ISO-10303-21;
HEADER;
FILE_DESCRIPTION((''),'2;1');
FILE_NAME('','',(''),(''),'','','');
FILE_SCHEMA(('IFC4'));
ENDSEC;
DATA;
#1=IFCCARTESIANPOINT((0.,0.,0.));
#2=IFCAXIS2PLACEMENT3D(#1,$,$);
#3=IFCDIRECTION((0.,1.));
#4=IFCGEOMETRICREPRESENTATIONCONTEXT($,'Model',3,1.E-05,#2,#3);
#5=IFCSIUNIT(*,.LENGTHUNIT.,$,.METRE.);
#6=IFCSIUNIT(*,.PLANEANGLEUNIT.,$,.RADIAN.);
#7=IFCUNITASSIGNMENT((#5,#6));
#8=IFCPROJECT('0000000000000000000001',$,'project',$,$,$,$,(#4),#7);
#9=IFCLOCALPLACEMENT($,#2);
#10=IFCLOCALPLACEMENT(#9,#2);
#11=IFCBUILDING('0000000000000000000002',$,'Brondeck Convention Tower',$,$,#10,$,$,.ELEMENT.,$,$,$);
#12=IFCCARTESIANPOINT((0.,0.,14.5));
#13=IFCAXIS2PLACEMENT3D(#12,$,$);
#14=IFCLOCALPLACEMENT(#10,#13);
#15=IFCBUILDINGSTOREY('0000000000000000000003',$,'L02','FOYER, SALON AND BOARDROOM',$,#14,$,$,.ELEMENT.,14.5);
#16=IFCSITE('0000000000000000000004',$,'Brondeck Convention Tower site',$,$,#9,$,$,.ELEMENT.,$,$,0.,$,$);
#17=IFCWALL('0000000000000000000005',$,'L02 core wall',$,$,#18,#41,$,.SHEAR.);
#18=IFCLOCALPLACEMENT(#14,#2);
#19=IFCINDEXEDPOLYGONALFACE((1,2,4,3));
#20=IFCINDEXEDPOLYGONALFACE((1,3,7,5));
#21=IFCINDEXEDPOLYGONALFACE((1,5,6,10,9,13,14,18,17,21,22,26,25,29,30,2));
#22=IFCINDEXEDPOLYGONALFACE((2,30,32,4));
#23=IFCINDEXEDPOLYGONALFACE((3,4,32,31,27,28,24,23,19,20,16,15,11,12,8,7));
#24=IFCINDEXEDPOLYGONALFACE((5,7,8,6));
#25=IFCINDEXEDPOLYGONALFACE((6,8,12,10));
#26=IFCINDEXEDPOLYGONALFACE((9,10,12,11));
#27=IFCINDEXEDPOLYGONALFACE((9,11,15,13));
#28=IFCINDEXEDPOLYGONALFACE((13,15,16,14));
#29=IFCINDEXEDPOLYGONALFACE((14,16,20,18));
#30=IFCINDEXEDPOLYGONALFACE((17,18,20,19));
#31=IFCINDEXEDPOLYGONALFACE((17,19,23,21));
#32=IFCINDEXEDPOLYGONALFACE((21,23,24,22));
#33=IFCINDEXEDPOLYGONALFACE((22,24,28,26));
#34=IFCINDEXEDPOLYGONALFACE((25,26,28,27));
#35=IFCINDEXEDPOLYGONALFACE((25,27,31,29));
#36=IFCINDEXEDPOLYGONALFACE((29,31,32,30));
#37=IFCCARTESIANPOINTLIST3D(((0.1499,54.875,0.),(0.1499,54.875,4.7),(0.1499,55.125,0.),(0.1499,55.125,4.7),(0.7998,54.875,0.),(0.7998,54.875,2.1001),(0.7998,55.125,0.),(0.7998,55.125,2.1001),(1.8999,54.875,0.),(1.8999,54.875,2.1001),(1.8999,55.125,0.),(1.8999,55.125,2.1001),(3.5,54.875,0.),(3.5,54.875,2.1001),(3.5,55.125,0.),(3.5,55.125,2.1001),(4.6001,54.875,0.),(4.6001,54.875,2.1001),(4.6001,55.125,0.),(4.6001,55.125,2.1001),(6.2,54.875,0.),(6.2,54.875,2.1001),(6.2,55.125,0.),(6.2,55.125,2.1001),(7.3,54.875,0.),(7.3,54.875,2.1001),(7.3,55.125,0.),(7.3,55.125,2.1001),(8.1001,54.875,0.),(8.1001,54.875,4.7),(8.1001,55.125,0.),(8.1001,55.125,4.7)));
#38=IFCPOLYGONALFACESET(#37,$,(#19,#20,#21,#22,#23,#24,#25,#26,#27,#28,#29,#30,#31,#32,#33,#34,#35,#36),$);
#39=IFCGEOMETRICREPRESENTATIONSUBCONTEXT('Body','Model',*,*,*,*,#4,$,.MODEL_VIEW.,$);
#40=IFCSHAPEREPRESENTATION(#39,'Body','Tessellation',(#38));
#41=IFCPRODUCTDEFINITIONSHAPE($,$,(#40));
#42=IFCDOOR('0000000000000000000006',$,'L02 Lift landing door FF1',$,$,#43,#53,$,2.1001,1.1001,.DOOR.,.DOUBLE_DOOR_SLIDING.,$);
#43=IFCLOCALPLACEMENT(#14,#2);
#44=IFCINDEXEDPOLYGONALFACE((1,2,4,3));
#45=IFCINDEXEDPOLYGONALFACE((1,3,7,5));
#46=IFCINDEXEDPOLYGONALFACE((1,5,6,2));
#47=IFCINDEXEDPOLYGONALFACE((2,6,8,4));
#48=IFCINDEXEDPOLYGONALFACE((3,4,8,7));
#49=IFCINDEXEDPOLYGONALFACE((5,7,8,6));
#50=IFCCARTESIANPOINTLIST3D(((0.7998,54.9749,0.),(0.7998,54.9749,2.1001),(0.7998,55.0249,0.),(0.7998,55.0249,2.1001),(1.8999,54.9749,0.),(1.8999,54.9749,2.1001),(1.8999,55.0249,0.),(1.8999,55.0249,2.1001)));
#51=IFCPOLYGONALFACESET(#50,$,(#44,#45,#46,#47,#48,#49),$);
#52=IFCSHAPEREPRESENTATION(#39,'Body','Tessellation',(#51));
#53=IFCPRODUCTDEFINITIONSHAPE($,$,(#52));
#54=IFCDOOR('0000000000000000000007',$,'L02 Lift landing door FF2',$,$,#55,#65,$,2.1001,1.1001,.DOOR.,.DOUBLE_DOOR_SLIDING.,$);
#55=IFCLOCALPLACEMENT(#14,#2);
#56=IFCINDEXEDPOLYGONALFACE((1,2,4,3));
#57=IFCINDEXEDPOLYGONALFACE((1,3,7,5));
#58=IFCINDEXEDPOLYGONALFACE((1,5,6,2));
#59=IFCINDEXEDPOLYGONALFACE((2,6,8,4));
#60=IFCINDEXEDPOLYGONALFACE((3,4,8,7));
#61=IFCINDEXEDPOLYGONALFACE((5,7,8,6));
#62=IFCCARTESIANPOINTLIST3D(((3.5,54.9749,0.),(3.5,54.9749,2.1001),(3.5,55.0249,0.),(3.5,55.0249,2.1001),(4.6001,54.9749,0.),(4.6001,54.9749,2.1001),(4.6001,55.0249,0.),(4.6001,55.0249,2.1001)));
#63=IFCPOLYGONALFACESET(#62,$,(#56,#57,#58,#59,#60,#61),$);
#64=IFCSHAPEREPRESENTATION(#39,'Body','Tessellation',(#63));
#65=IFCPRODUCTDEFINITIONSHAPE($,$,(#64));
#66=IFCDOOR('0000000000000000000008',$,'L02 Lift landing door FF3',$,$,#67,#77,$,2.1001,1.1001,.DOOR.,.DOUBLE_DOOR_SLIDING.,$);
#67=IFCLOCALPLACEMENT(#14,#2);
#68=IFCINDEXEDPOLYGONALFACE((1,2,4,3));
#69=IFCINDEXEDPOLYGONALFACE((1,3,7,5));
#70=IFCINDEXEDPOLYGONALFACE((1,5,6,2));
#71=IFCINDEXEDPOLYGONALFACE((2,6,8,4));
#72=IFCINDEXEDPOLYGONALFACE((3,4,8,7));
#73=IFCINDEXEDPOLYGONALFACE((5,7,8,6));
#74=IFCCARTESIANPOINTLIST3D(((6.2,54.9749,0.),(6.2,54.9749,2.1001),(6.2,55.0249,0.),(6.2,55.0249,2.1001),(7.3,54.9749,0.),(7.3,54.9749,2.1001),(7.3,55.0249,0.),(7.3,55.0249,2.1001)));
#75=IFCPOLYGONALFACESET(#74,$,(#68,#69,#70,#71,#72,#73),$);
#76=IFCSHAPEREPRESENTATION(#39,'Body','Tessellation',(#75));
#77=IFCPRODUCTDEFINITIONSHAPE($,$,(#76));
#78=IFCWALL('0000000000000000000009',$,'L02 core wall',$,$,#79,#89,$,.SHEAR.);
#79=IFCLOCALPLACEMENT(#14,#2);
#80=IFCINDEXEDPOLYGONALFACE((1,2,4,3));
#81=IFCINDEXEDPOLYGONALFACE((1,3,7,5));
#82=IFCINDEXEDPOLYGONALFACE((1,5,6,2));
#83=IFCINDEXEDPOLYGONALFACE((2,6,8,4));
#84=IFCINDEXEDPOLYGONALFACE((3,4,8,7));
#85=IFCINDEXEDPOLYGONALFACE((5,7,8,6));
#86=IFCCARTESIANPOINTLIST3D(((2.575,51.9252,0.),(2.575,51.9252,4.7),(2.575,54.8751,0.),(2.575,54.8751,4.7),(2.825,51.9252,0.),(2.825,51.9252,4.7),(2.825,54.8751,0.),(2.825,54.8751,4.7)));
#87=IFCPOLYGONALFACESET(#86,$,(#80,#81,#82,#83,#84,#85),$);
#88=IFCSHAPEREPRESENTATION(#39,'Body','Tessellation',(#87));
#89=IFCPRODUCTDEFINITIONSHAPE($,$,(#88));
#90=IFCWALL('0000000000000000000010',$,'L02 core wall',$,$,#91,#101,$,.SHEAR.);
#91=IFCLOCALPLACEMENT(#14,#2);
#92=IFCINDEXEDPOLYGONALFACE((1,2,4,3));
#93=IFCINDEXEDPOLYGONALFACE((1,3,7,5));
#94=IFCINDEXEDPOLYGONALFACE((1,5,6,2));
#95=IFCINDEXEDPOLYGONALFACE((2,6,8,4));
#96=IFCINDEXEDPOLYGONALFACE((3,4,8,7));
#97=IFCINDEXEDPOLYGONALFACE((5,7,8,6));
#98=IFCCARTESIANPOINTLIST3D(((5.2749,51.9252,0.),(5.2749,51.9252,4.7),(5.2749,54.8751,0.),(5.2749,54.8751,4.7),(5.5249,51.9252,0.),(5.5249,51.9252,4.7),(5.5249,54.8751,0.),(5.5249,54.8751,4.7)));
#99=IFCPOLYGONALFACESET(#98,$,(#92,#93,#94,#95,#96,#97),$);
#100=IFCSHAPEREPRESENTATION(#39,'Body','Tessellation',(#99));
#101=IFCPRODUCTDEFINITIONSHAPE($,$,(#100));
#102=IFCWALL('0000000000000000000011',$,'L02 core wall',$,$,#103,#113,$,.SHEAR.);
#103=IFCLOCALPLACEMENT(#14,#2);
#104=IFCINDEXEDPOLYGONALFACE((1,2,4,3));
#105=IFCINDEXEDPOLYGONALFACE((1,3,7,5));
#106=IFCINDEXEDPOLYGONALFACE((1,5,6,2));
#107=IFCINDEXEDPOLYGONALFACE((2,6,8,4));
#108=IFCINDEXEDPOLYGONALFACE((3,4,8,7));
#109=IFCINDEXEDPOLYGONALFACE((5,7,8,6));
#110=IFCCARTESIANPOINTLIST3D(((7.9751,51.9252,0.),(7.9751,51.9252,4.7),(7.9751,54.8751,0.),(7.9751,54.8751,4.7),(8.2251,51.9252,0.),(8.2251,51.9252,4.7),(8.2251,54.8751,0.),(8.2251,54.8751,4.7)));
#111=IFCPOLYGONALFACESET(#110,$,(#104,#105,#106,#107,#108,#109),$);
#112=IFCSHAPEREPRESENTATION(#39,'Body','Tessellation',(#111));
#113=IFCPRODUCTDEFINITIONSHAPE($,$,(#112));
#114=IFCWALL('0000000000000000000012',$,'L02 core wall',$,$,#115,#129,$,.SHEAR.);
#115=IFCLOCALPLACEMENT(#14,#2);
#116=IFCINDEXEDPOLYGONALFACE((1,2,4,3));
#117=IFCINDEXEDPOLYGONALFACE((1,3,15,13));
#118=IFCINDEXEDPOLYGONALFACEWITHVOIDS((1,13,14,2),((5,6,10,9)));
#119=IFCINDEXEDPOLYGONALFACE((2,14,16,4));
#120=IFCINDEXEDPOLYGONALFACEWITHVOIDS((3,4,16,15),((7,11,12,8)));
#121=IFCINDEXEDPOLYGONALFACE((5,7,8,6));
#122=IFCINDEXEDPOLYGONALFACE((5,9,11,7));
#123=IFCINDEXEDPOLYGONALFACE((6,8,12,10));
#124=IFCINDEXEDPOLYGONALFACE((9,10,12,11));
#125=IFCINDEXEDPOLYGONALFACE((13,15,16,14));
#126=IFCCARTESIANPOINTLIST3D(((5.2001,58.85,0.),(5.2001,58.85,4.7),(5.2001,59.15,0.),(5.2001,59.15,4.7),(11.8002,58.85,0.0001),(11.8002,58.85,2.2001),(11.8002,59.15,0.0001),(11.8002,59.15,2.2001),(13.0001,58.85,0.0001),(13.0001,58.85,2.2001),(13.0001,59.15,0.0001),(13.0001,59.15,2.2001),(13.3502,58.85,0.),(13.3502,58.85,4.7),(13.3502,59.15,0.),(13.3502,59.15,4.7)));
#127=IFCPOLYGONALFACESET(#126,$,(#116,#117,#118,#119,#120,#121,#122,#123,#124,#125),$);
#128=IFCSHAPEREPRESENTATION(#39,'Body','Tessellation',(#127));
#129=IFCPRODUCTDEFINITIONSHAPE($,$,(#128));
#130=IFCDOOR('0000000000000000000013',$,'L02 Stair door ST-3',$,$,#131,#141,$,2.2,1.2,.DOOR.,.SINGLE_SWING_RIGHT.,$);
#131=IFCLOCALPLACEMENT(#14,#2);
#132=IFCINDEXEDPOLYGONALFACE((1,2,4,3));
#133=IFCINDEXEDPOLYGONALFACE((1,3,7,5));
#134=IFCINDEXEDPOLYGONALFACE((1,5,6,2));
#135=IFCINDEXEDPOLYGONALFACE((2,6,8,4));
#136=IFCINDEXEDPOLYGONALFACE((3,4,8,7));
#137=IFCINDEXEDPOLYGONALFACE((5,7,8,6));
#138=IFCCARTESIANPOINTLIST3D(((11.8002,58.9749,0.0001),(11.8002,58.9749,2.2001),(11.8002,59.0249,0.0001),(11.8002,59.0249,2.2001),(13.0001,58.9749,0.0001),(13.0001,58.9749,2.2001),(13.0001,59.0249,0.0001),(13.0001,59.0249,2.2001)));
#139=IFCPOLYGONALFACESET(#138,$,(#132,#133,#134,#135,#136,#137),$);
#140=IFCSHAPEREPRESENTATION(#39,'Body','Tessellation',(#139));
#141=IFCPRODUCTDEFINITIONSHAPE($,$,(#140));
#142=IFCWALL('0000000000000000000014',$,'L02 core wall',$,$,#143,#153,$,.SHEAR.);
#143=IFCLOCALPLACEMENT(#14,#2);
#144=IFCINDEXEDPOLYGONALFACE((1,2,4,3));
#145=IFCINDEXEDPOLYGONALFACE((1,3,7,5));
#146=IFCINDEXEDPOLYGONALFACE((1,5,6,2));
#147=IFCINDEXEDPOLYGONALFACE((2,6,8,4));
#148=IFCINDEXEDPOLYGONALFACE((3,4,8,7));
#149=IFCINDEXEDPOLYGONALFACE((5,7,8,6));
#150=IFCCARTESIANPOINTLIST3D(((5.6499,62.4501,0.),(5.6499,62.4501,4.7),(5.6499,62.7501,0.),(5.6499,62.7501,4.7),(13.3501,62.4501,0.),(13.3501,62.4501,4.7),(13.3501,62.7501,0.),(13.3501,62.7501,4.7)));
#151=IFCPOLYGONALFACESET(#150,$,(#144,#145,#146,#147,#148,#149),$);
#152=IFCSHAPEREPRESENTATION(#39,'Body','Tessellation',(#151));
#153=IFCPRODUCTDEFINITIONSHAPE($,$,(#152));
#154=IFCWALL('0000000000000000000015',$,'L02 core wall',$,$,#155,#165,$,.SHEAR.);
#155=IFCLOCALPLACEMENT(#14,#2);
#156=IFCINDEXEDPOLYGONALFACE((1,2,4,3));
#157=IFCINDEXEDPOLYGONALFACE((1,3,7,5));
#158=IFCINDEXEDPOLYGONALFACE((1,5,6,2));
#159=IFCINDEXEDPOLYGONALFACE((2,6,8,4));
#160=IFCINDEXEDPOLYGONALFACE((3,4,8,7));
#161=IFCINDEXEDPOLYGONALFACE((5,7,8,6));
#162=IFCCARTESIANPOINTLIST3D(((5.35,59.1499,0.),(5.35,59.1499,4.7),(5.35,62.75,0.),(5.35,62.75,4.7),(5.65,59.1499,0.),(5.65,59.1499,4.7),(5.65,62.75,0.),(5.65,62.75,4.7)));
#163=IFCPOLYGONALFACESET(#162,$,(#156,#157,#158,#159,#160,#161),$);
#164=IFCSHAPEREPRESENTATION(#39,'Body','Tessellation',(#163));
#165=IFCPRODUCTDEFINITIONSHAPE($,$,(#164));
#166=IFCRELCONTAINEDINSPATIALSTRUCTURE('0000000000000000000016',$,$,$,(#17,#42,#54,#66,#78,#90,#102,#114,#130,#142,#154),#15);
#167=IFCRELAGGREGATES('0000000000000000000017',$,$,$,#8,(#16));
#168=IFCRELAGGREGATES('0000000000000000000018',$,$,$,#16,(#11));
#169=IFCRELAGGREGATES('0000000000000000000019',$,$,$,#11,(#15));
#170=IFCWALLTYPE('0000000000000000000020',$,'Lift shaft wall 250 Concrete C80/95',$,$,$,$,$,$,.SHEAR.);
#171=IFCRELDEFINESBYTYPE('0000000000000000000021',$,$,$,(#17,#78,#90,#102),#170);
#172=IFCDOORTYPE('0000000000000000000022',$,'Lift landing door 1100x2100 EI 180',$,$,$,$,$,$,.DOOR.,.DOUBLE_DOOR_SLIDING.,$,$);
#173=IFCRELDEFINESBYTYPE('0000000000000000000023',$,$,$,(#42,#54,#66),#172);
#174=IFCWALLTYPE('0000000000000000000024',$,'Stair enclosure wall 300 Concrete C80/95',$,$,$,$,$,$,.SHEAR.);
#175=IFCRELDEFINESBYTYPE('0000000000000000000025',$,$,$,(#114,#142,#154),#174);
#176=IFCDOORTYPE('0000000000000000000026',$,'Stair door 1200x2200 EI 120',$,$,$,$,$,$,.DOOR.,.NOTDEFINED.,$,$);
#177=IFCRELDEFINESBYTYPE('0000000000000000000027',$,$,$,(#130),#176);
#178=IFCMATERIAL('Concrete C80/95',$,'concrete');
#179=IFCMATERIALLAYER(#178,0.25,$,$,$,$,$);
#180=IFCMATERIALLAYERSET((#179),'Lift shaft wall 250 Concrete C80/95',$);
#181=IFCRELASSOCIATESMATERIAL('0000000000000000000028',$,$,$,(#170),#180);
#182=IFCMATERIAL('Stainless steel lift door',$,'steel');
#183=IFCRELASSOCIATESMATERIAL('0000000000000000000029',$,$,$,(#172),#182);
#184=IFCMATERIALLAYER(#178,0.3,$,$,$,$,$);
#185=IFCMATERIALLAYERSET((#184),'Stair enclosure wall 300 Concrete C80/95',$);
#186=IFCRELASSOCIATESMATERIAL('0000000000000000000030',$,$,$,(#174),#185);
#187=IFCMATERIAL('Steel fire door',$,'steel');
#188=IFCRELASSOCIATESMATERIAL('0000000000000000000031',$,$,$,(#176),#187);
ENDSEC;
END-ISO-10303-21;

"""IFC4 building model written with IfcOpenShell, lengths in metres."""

from ifc_helpers import new_model, si_unit, direction, frame, frame_2d, origin, place, context, subcontext, project, spatial, rectangle, extrude, material, layer, layer_set, type_object, element, fill, save


model = new_model("IFC4")

# Units and contexts
model_context = context("Model", 3, precision=1e-05, world=origin(), true_north=direction((0.0, 1.0)))
body_context = subcontext(model_context, "Body", "Model", "MODEL_VIEW")
ifc_project = project(units=[si_unit("LENGTHUNIT", "METRE"), si_unit("PLANEANGLEUNIT", "RADIAN")], contexts=[model_context])

# Site, building, storey
site_placement = place(None, origin())
site = spatial("IfcSite", under=ifc_project, at=site_placement, Name="Brondeck Convention Tower site", CompositionType="ELEMENT", RefElevation=0.0)
building_placement = place(site_placement, origin())
building = spatial("IfcBuilding", under=site, at=building_placement, Name="Brondeck Convention Tower", CompositionType="ELEMENT")
storey_placement = place(building_placement, frame((0.0, 0.0, 14.5)))
storey = spatial("IfcBuildingStorey", under=building, at=storey_placement, Name="L02", Description="FOYER, SALON AND BOARDROOM", CompositionType="ELEMENT", Elevation=14.5)

# Shared definitions
ifc_material_1 = material(Name="Concrete C80/95", Category="concrete")

# Shared definitions
ifc_material_2 = material(Name="Steel fire door", Category="steel")

# Wall, openings, doors
ifc_layer_1 = layer(ifc_material_1, 0.25)
ifc_layer_set_1 = layer_set([ifc_layer_1], Name="Lift shaft wall 250 Concrete C80/95")
wall_type_1 = type_object("IfcWallType", Name="Lift shaft wall 250 Concrete C80/95", PredefinedType="SHEAR", material=ifc_layer_set_1)
wall_1_placement = place(storey_placement, frame((0.1499, 55.0, 0.0), z_axis=(0.0, 0.0, 1.0), x_axis=(1.0, 0.0, 0.0)))
wall_1 = element("IfcWall", 1, at=wall_1_placement, inside=storey, type_object=wall_type_1, Name="L02 core wall", PredefinedType="SHEAR", context=body_context, shape_type="SweptSolid", body=[
    extrude(rectangle(XDim=7.9502, YDim=0.25, at=frame_2d((3.9751, 0.0))), origin(), (0.0, 0.0, 1.0), 4.7),
])
opening_1_placement = place(wall_1_placement, frame((0.6499, 0.0, 0.0)))
opening_1 = element("IfcOpeningElement", 2, at=opening_1_placement, cuts=wall_1, PredefinedType="OPENING", context=body_context, shape_type="SweptSolid", body=[
    extrude(rectangle(XDim=1.1001, YDim=2.1001, at=frame_2d((0.55, 1.05))), frame((0.0, 0.135, 0.0), z_axis=(0.0, -1.0, 0.0), x_axis=(1.0, 0.0, 0.0)), (0.0, 0.0, 1.0), 0.27),
])
opening_2_placement = place(wall_1_placement, frame((3.3501, 0.0, 0.0)))
opening_2 = element("IfcOpeningElement", 3, at=opening_2_placement, cuts=wall_1, PredefinedType="OPENING", context=body_context, shape_type="SweptSolid", body=[
    extrude(rectangle(XDim=1.1001, YDim=2.1001, at=frame_2d((0.55, 1.05))), frame((0.0, 0.135, 0.0), z_axis=(0.0, -1.0, 0.0), x_axis=(1.0, 0.0, 0.0)), (0.0, 0.0, 1.0), 0.27),
])
opening_3_placement = place(wall_1_placement, frame((6.05, 0.0, 0.0)))
opening_3 = element("IfcOpeningElement", 4, at=opening_3_placement, cuts=wall_1, PredefinedType="OPENING", context=body_context, shape_type="SweptSolid", body=[
    extrude(rectangle(XDim=1.1001, YDim=2.1001, at=frame_2d((0.55, 1.05))), frame((0.0, 0.135, 0.0), z_axis=(0.0, -1.0, 0.0), x_axis=(1.0, 0.0, 0.0)), (0.0, 0.0, 1.0), 0.27),
])
ifc_material_3 = material(Name="Stainless steel lift door", Category="steel")
door_type_1 = type_object("IfcDoorType", Name="Lift landing door 1100x2100 EI 180", OperationType="DOUBLE_DOOR_SLIDING", PredefinedType="DOOR", material=ifc_material_3)
door_1_placement = place(opening_1_placement, origin())
door_1 = element("IfcDoor", 5, at=door_1_placement, inside=storey, type_object=door_type_1, Name="L02 Lift landing door FF1", OperationType="DOUBLE_DOOR_SLIDING", OverallHeight=2.1001, OverallWidth=1.1001, PredefinedType="DOOR", context=body_context, shape_type="SweptSolid", body=[
    extrude(rectangle(XDim=1.1001, YDim=2.1001, at=frame_2d((0.55, 1.05))), frame((0.0, 0.0249, 0.0), z_axis=(0.0, -1.0, 0.0), x_axis=(1.0, 0.0, 0.0)), (0.0, 0.0, 1.0), 0.05),
])
fill(opening_1, door_1)
door_2_placement = place(opening_2_placement, origin())
door_2 = element("IfcDoor", 6, at=door_2_placement, inside=storey, type_object=door_type_1, Name="L02 Lift landing door FF2", OperationType="DOUBLE_DOOR_SLIDING", OverallHeight=2.1001, OverallWidth=1.1001, PredefinedType="DOOR", context=body_context, shape_type="SweptSolid", body=[
    extrude(rectangle(XDim=1.1001, YDim=2.1001, at=frame_2d((0.55, 1.05))), frame((0.0, 0.0249, 0.0), z_axis=(0.0, -1.0, 0.0), x_axis=(1.0, 0.0, 0.0)), (0.0, 0.0, 1.0), 0.05),
])
fill(opening_2, door_2)
door_3_placement = place(opening_3_placement, origin())
door_3 = element("IfcDoor", 7, at=door_3_placement, inside=storey, type_object=door_type_1, Name="L02 Lift landing door FF3", OperationType="DOUBLE_DOOR_SLIDING", OverallHeight=2.1001, OverallWidth=1.1001, PredefinedType="DOOR", context=body_context, shape_type="SweptSolid", body=[
    extrude(rectangle(XDim=1.1001, YDim=2.1001, at=frame_2d((0.55, 1.05))), frame((0.0, 0.0249, 0.0), z_axis=(0.0, -1.0, 0.0), x_axis=(1.0, 0.0, 0.0)), (0.0, 0.0, 1.0), 0.05),
])
fill(opening_3, door_3)

# Walls
for number, where, z_axis, x_axis, name in (
    (8, (2.7, 51.925, 0.0), (0.0, 0.0, 1.0), (0.0, 1.0, 0.0), "L02 core wall"),
    (9, (5.3999, 51.925, 0.0), (0.0, 0.0, 1.0), (0.0, 1.0, 0.0), "L02 core wall"),
    (10, (8.1001, 51.925, 0.0), (0.0, 0.0, 1.0), (0.0, 1.0, 0.0), "L02 core wall"),
):
    element("IfcWall", number, at=place(storey_placement, frame(where, z_axis=z_axis, x_axis=x_axis)), inside=storey, type_object=wall_type_1, Name=name, PredefinedType="SHEAR", context=body_context, shape_type="SweptSolid", body=[
        extrude(rectangle(XDim=2.95, YDim=0.25, at=frame_2d((1.4751, 0.0))), origin(), (0.0, 0.0, 1.0), 4.7),
    ])

# Wall, opening, door
ifc_layer_2 = layer(ifc_material_1, 0.3)
ifc_layer_set_2 = layer_set([ifc_layer_2], Name="Stair enclosure wall 300 Concrete C80/95")
wall_type_2 = type_object("IfcWallType", Name="Stair enclosure wall 300 Concrete C80/95", PredefinedType="SHEAR", material=ifc_layer_set_2)
wall_2_placement = place(storey_placement, frame((5.2, 59.0, 0.0), z_axis=(0.0, 0.0, 1.0), x_axis=(1.0, 0.0, 0.0)))
wall_2 = element("IfcWall", 11, at=wall_2_placement, inside=storey, type_object=wall_type_2, Name="L02 core wall", PredefinedType="SHEAR", context=body_context, shape_type="SweptSolid", body=[
    extrude(rectangle(XDim=8.1501, YDim=0.3, at=frame_2d((4.0752, 0.0))), origin(), (0.0, 0.0, 1.0), 4.7),
])
opening_4_placement = place(wall_2_placement, frame((6.6001, 0.0, 0.0)))
opening_4 = element("IfcOpeningElement", 12, at=opening_4_placement, cuts=wall_2, PredefinedType="OPENING", context=body_context, shape_type="SweptSolid", body=[
    extrude(rectangle(XDim=1.2, YDim=2.2, at=frame_2d((0.6001, 1.1001))), frame((0.0, 0.1599, 0.0), z_axis=(0.0, -1.0, 0.0), x_axis=(1.0, 0.0, 0.0)), (0.0, 0.0, 1.0), 0.3201),
])
door_type_2 = type_object("IfcDoorType", Name="Stair door 1200x2200 EI 120", OperationType="NOTDEFINED", PredefinedType="DOOR", material=ifc_material_2)
door_4_placement = place(opening_4_placement, origin())
door_4 = element("IfcDoor", 13, at=door_4_placement, inside=storey, type_object=door_type_2, Name="L02 Stair door ST-3", OperationType="SINGLE_SWING_RIGHT", OverallHeight=2.2, OverallWidth=1.2, PredefinedType="DOOR", context=body_context, shape_type="SweptSolid", body=[
    extrude(rectangle(XDim=1.2, YDim=2.2, at=frame_2d((0.6001, 1.1001))), frame((0.0, 0.0249, 0.0), z_axis=(0.0, -1.0, 0.0), x_axis=(1.0, 0.0, 0.0)), (0.0, 0.0, 1.0), 0.05),
])
fill(opening_4, door_4)

# Walls
wall_3_placement = place(storey_placement, frame((5.6499, 62.6001, 0.0), z_axis=(0.0, 0.0, 1.0), x_axis=(1.0, 0.0, 0.0)))
element("IfcWall", 14, at=wall_3_placement, inside=storey, type_object=wall_type_2, Name="L02 core wall", PredefinedType="SHEAR", context=body_context, shape_type="SweptSolid", body=[
    extrude(rectangle(XDim=7.7002, YDim=0.3, at=frame_2d((3.8501, 0.0))), origin(), (0.0, 0.0, 1.0), 4.7),
])
wall_4_placement = place(storey_placement, frame((5.5, 59.1499, 0.0), z_axis=(0.0, 0.0, 1.0), x_axis=(0.0, 1.0, 0.0)))
element("IfcWall", 15, at=wall_4_placement, inside=storey, type_object=wall_type_2, Name="L02 core wall", PredefinedType="SHEAR", context=body_context, shape_type="SweptSolid", body=[
    extrude(rectangle(XDim=3.6001, YDim=0.3, at=frame_2d((1.8, 0.0))), origin(), (0.0, 0.0, 1.0), 4.7),
])

save(model, "model.ifc")
